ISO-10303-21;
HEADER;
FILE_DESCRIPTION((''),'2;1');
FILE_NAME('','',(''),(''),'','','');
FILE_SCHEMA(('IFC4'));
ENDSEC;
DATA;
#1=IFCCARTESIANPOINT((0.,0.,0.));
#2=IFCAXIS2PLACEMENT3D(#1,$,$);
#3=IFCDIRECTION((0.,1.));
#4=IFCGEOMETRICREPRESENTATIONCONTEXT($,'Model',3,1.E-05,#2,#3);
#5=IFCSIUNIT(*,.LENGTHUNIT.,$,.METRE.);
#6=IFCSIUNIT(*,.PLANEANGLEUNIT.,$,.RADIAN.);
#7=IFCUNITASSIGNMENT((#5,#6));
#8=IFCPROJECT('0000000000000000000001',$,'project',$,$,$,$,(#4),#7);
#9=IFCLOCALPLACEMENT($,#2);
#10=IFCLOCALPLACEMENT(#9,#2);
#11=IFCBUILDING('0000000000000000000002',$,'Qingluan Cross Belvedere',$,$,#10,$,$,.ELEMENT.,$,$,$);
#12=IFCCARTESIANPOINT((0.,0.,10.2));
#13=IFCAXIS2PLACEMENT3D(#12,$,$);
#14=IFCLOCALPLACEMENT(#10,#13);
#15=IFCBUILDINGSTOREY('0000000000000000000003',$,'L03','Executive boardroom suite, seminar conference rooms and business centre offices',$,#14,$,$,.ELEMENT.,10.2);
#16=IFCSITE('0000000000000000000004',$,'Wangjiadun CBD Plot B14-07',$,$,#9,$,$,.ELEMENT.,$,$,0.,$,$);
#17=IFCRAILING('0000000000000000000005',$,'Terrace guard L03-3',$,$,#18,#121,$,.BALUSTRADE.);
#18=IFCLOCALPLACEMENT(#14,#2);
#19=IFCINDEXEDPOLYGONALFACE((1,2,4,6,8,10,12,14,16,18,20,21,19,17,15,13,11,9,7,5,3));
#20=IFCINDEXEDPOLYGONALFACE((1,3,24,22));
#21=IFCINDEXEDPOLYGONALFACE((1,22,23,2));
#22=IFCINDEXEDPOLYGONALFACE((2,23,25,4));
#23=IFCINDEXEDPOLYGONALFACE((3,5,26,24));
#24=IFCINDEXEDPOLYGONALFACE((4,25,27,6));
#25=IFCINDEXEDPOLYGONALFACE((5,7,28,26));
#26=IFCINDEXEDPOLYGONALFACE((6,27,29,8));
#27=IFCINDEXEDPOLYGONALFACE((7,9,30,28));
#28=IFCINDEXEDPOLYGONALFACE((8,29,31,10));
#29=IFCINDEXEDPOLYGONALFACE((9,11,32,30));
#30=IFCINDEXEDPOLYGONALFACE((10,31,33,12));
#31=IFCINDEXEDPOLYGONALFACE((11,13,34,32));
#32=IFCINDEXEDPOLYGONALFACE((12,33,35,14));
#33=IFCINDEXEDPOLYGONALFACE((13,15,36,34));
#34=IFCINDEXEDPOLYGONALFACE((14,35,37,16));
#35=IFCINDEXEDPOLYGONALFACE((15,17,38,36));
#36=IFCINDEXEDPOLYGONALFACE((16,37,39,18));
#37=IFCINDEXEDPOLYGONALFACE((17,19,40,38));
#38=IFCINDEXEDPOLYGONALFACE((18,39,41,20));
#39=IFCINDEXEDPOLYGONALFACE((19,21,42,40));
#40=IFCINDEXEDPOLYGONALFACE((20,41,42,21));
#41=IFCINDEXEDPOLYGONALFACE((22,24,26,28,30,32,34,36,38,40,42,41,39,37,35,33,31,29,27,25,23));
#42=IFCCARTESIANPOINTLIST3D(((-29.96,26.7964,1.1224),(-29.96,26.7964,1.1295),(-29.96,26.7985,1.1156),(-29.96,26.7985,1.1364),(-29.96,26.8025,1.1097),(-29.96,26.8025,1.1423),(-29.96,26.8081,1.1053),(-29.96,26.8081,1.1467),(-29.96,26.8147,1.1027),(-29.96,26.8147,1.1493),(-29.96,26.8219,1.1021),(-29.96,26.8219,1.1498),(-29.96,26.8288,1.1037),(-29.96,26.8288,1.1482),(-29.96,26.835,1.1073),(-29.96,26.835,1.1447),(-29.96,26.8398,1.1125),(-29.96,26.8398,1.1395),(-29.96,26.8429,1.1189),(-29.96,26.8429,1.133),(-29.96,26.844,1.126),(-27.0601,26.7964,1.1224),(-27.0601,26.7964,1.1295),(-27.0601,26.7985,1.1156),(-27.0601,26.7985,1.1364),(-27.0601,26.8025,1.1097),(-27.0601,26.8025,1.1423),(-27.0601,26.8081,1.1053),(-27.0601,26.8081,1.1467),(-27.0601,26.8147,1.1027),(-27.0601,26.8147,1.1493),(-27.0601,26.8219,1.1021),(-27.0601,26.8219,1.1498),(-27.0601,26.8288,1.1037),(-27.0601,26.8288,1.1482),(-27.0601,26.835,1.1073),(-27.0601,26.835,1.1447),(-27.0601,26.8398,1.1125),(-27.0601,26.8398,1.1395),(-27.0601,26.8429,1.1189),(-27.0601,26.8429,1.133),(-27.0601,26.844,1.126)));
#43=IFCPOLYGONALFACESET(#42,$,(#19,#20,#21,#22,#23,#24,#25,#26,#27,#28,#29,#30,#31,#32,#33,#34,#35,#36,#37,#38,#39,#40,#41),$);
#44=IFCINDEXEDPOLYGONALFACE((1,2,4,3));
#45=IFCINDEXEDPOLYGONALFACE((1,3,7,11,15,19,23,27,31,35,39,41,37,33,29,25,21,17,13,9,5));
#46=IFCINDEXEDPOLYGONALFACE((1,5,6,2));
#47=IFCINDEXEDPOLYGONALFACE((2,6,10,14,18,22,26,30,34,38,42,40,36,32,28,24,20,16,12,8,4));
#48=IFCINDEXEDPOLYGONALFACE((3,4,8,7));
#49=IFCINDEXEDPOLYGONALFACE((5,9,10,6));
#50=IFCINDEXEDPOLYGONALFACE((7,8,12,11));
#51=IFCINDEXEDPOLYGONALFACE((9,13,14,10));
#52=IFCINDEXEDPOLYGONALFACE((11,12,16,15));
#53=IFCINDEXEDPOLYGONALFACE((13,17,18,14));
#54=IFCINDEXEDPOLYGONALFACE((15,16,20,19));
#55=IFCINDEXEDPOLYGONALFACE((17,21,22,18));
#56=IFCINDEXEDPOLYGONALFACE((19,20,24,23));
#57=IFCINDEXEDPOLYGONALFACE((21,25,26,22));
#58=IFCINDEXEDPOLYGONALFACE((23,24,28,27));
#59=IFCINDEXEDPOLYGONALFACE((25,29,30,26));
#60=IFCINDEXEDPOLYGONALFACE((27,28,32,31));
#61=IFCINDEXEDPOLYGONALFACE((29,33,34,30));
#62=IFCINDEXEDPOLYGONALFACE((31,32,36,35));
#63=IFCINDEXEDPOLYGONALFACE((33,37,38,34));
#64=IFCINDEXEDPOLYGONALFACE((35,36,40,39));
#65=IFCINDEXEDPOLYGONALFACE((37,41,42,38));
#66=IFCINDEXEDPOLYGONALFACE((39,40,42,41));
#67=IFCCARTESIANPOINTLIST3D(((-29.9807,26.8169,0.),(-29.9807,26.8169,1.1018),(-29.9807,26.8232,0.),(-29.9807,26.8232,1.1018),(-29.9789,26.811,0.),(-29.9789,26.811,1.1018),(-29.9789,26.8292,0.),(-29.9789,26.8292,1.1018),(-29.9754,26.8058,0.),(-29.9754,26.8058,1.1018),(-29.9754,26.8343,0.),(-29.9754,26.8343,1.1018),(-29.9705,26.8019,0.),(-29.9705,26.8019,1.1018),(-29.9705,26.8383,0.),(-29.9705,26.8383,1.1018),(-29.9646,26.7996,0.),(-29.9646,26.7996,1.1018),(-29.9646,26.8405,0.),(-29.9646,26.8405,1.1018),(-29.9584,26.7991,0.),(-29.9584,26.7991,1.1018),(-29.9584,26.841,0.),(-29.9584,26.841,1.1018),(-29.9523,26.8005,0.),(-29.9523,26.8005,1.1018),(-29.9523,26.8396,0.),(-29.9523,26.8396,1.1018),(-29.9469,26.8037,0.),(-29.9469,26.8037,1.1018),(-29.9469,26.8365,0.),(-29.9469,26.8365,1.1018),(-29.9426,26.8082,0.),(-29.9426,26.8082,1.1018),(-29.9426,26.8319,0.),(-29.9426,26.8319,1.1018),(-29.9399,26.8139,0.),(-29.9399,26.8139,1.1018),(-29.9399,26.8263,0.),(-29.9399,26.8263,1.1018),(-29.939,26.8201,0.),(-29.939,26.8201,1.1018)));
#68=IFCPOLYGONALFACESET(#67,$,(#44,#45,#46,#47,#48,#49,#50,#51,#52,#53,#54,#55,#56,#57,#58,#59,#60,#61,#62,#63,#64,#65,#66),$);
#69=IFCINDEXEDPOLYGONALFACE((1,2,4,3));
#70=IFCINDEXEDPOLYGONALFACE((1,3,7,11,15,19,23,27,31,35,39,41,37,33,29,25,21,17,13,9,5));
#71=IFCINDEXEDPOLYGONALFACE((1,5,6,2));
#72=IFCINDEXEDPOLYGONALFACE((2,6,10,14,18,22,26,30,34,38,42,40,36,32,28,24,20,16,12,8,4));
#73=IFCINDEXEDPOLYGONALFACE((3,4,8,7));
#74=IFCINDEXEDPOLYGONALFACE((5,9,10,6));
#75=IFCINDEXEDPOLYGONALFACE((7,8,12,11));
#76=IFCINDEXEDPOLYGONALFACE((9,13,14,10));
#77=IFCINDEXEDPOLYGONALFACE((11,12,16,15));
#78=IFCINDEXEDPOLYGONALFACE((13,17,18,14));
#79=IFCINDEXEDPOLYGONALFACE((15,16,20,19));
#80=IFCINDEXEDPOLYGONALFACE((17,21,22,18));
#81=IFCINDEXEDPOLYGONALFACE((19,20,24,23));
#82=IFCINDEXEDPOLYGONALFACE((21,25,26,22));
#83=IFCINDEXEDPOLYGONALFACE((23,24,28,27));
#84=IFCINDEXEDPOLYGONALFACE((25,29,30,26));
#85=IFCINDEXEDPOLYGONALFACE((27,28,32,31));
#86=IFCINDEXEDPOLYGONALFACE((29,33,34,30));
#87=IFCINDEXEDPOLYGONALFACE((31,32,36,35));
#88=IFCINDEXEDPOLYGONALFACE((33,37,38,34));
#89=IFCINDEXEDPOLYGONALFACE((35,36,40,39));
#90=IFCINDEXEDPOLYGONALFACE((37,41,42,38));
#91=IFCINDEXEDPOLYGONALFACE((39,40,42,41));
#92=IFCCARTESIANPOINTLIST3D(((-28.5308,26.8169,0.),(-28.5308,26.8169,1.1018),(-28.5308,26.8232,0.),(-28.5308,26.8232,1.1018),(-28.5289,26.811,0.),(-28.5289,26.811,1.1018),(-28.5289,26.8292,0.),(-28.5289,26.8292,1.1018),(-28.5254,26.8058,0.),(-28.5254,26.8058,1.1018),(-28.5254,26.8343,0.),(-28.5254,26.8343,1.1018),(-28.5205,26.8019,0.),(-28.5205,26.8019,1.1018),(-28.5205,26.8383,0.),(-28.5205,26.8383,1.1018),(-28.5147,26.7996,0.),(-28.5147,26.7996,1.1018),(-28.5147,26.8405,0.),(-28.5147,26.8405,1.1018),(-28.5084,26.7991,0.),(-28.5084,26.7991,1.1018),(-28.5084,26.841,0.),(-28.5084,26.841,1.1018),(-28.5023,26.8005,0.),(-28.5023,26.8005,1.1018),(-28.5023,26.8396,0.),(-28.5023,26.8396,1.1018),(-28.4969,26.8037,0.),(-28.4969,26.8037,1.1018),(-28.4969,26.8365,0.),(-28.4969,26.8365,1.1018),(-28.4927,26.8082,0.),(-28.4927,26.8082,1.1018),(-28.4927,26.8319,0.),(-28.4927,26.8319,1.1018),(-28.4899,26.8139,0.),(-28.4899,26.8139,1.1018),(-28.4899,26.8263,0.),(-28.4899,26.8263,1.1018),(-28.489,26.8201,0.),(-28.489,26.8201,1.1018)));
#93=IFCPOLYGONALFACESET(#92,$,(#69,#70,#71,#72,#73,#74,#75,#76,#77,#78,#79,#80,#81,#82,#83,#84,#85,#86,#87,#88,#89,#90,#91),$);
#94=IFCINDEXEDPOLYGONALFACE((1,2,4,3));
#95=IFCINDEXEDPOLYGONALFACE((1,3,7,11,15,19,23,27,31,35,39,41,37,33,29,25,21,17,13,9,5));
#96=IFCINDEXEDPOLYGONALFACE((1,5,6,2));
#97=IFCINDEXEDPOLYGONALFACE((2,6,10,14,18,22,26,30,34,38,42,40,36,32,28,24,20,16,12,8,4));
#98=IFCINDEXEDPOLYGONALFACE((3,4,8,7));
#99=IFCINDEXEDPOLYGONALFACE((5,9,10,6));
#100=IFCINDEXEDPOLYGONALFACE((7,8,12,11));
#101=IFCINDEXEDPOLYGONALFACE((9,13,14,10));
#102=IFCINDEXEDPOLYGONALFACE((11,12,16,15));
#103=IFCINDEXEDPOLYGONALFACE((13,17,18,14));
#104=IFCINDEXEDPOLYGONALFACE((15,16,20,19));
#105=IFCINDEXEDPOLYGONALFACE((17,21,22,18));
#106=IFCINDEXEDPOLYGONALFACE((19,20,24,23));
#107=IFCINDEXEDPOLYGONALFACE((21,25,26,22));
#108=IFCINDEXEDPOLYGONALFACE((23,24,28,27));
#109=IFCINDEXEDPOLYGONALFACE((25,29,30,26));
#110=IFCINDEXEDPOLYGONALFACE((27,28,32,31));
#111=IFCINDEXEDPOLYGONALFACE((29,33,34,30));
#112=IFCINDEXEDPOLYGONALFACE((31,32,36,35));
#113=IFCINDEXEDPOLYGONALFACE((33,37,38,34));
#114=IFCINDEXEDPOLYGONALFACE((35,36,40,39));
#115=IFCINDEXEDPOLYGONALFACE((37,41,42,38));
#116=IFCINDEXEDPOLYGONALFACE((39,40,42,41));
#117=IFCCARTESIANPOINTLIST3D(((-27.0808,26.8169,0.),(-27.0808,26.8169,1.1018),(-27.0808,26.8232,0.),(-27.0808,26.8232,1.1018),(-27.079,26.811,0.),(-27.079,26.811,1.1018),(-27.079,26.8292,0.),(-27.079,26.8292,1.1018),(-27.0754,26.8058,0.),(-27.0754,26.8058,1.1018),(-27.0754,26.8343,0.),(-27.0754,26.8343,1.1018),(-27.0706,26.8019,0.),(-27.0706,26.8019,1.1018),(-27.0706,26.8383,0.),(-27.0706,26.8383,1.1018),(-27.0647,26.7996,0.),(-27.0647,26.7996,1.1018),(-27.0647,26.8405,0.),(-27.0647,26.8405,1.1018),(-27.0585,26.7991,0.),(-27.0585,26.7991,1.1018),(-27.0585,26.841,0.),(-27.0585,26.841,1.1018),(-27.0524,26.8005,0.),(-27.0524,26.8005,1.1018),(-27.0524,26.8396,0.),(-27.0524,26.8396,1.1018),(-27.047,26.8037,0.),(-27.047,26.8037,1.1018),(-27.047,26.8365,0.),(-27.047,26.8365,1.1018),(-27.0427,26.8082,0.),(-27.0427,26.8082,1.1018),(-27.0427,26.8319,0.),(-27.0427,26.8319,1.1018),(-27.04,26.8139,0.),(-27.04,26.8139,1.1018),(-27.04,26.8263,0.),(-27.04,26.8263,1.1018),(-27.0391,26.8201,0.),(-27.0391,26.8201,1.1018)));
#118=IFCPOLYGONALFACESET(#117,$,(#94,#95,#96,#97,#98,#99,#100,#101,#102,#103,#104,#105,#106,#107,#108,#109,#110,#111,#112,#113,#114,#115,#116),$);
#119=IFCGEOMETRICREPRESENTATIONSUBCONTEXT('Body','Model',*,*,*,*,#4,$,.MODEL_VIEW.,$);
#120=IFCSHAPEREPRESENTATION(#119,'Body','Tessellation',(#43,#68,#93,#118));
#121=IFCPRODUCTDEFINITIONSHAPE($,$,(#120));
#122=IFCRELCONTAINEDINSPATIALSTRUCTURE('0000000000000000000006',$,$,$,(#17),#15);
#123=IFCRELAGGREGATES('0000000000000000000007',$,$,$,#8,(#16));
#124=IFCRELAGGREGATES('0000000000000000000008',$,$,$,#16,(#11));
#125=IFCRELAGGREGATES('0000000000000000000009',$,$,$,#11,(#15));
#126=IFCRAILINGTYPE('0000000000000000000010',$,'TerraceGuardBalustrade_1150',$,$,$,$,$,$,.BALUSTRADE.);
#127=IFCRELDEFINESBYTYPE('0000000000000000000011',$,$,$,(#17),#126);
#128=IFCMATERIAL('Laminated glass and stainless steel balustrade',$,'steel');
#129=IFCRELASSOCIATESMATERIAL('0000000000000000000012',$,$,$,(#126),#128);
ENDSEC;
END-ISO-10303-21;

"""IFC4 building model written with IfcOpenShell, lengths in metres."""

from ifc_helpers import new_model, si_unit, direction, frame, origin, origin_2d, place, context, subcontext, project, spatial, circle, extrude, material, type_object, element, save


model = new_model("IFC4")

# Units and contexts
model_context = context("Model", 3, precision=1e-05, world=origin(), true_north=direction((0.0, 1.0)))
body_context = subcontext(model_context, "Body", "Model", "MODEL_VIEW")
ifc_project = project(units=[si_unit("LENGTHUNIT", "METRE"), si_unit("PLANEANGLEUNIT", "RADIAN")], contexts=[model_context])

# Site, building, storey
site_placement = place(None, origin())
site = spatial("IfcSite", under=ifc_project, at=site_placement, Name="Wangjiadun CBD Plot B14-07", CompositionType="ELEMENT", RefElevation=0.0)
building_placement = place(site_placement, origin())
building = spatial("IfcBuilding", under=site, at=building_placement, Name="Qingluan Cross Belvedere", CompositionType="ELEMENT")
storey_placement = place(building_placement, frame((0.0, 0.0, 10.2)))
storey = spatial("IfcBuildingStorey", under=building, at=storey_placement, Name="L03", Description="Executive boardroom suite, seminar conference rooms and business centre offices", CompositionType="ELEMENT", Elevation=10.2)

# Railing
ifc_material_1 = material(Name="Laminated glass and stainless steel balustrade", Category="steel")
railing_type_1 = type_object("IfcRailingType", Name="TerraceGuardBalustrade_1150", PredefinedType="BALUSTRADE", material=ifc_material_1)
railing_1_placement = place(storey_placement, frame((-29.96, 26.8201, 0.0)))
element("IfcRailing", 1, at=railing_1_placement, inside=storey, type_object=railing_type_1, Name="Terrace guard L03-3", PredefinedType="BALUSTRADE", context=body_context, shape_type="SweptSolid", body=[
    extrude(circle(Radius=0.0239, at=origin_2d()), frame((0.0, 0.0, 1.126), z_axis=(1.0, 0.0, 0.0), x_axis=(0.0, 1.0, 0.0)), (0.0, 0.0, 1.0), 2.8999),
    extrude(circle(Radius=0.021, at=origin_2d()), origin(), (0.0, 0.0, 1.0), 1.1018),
    extrude(circle(Radius=0.021, at=origin_2d()), frame((1.45, 0.0, 0.0)), (0.0, 0.0, 1.0), 1.1018),
    extrude(circle(Radius=0.021, at=origin_2d()), frame((2.8999, 0.0, 0.0)), (0.0, 0.0, 1.0), 1.1018),
])

save(model, "model.ifc")
